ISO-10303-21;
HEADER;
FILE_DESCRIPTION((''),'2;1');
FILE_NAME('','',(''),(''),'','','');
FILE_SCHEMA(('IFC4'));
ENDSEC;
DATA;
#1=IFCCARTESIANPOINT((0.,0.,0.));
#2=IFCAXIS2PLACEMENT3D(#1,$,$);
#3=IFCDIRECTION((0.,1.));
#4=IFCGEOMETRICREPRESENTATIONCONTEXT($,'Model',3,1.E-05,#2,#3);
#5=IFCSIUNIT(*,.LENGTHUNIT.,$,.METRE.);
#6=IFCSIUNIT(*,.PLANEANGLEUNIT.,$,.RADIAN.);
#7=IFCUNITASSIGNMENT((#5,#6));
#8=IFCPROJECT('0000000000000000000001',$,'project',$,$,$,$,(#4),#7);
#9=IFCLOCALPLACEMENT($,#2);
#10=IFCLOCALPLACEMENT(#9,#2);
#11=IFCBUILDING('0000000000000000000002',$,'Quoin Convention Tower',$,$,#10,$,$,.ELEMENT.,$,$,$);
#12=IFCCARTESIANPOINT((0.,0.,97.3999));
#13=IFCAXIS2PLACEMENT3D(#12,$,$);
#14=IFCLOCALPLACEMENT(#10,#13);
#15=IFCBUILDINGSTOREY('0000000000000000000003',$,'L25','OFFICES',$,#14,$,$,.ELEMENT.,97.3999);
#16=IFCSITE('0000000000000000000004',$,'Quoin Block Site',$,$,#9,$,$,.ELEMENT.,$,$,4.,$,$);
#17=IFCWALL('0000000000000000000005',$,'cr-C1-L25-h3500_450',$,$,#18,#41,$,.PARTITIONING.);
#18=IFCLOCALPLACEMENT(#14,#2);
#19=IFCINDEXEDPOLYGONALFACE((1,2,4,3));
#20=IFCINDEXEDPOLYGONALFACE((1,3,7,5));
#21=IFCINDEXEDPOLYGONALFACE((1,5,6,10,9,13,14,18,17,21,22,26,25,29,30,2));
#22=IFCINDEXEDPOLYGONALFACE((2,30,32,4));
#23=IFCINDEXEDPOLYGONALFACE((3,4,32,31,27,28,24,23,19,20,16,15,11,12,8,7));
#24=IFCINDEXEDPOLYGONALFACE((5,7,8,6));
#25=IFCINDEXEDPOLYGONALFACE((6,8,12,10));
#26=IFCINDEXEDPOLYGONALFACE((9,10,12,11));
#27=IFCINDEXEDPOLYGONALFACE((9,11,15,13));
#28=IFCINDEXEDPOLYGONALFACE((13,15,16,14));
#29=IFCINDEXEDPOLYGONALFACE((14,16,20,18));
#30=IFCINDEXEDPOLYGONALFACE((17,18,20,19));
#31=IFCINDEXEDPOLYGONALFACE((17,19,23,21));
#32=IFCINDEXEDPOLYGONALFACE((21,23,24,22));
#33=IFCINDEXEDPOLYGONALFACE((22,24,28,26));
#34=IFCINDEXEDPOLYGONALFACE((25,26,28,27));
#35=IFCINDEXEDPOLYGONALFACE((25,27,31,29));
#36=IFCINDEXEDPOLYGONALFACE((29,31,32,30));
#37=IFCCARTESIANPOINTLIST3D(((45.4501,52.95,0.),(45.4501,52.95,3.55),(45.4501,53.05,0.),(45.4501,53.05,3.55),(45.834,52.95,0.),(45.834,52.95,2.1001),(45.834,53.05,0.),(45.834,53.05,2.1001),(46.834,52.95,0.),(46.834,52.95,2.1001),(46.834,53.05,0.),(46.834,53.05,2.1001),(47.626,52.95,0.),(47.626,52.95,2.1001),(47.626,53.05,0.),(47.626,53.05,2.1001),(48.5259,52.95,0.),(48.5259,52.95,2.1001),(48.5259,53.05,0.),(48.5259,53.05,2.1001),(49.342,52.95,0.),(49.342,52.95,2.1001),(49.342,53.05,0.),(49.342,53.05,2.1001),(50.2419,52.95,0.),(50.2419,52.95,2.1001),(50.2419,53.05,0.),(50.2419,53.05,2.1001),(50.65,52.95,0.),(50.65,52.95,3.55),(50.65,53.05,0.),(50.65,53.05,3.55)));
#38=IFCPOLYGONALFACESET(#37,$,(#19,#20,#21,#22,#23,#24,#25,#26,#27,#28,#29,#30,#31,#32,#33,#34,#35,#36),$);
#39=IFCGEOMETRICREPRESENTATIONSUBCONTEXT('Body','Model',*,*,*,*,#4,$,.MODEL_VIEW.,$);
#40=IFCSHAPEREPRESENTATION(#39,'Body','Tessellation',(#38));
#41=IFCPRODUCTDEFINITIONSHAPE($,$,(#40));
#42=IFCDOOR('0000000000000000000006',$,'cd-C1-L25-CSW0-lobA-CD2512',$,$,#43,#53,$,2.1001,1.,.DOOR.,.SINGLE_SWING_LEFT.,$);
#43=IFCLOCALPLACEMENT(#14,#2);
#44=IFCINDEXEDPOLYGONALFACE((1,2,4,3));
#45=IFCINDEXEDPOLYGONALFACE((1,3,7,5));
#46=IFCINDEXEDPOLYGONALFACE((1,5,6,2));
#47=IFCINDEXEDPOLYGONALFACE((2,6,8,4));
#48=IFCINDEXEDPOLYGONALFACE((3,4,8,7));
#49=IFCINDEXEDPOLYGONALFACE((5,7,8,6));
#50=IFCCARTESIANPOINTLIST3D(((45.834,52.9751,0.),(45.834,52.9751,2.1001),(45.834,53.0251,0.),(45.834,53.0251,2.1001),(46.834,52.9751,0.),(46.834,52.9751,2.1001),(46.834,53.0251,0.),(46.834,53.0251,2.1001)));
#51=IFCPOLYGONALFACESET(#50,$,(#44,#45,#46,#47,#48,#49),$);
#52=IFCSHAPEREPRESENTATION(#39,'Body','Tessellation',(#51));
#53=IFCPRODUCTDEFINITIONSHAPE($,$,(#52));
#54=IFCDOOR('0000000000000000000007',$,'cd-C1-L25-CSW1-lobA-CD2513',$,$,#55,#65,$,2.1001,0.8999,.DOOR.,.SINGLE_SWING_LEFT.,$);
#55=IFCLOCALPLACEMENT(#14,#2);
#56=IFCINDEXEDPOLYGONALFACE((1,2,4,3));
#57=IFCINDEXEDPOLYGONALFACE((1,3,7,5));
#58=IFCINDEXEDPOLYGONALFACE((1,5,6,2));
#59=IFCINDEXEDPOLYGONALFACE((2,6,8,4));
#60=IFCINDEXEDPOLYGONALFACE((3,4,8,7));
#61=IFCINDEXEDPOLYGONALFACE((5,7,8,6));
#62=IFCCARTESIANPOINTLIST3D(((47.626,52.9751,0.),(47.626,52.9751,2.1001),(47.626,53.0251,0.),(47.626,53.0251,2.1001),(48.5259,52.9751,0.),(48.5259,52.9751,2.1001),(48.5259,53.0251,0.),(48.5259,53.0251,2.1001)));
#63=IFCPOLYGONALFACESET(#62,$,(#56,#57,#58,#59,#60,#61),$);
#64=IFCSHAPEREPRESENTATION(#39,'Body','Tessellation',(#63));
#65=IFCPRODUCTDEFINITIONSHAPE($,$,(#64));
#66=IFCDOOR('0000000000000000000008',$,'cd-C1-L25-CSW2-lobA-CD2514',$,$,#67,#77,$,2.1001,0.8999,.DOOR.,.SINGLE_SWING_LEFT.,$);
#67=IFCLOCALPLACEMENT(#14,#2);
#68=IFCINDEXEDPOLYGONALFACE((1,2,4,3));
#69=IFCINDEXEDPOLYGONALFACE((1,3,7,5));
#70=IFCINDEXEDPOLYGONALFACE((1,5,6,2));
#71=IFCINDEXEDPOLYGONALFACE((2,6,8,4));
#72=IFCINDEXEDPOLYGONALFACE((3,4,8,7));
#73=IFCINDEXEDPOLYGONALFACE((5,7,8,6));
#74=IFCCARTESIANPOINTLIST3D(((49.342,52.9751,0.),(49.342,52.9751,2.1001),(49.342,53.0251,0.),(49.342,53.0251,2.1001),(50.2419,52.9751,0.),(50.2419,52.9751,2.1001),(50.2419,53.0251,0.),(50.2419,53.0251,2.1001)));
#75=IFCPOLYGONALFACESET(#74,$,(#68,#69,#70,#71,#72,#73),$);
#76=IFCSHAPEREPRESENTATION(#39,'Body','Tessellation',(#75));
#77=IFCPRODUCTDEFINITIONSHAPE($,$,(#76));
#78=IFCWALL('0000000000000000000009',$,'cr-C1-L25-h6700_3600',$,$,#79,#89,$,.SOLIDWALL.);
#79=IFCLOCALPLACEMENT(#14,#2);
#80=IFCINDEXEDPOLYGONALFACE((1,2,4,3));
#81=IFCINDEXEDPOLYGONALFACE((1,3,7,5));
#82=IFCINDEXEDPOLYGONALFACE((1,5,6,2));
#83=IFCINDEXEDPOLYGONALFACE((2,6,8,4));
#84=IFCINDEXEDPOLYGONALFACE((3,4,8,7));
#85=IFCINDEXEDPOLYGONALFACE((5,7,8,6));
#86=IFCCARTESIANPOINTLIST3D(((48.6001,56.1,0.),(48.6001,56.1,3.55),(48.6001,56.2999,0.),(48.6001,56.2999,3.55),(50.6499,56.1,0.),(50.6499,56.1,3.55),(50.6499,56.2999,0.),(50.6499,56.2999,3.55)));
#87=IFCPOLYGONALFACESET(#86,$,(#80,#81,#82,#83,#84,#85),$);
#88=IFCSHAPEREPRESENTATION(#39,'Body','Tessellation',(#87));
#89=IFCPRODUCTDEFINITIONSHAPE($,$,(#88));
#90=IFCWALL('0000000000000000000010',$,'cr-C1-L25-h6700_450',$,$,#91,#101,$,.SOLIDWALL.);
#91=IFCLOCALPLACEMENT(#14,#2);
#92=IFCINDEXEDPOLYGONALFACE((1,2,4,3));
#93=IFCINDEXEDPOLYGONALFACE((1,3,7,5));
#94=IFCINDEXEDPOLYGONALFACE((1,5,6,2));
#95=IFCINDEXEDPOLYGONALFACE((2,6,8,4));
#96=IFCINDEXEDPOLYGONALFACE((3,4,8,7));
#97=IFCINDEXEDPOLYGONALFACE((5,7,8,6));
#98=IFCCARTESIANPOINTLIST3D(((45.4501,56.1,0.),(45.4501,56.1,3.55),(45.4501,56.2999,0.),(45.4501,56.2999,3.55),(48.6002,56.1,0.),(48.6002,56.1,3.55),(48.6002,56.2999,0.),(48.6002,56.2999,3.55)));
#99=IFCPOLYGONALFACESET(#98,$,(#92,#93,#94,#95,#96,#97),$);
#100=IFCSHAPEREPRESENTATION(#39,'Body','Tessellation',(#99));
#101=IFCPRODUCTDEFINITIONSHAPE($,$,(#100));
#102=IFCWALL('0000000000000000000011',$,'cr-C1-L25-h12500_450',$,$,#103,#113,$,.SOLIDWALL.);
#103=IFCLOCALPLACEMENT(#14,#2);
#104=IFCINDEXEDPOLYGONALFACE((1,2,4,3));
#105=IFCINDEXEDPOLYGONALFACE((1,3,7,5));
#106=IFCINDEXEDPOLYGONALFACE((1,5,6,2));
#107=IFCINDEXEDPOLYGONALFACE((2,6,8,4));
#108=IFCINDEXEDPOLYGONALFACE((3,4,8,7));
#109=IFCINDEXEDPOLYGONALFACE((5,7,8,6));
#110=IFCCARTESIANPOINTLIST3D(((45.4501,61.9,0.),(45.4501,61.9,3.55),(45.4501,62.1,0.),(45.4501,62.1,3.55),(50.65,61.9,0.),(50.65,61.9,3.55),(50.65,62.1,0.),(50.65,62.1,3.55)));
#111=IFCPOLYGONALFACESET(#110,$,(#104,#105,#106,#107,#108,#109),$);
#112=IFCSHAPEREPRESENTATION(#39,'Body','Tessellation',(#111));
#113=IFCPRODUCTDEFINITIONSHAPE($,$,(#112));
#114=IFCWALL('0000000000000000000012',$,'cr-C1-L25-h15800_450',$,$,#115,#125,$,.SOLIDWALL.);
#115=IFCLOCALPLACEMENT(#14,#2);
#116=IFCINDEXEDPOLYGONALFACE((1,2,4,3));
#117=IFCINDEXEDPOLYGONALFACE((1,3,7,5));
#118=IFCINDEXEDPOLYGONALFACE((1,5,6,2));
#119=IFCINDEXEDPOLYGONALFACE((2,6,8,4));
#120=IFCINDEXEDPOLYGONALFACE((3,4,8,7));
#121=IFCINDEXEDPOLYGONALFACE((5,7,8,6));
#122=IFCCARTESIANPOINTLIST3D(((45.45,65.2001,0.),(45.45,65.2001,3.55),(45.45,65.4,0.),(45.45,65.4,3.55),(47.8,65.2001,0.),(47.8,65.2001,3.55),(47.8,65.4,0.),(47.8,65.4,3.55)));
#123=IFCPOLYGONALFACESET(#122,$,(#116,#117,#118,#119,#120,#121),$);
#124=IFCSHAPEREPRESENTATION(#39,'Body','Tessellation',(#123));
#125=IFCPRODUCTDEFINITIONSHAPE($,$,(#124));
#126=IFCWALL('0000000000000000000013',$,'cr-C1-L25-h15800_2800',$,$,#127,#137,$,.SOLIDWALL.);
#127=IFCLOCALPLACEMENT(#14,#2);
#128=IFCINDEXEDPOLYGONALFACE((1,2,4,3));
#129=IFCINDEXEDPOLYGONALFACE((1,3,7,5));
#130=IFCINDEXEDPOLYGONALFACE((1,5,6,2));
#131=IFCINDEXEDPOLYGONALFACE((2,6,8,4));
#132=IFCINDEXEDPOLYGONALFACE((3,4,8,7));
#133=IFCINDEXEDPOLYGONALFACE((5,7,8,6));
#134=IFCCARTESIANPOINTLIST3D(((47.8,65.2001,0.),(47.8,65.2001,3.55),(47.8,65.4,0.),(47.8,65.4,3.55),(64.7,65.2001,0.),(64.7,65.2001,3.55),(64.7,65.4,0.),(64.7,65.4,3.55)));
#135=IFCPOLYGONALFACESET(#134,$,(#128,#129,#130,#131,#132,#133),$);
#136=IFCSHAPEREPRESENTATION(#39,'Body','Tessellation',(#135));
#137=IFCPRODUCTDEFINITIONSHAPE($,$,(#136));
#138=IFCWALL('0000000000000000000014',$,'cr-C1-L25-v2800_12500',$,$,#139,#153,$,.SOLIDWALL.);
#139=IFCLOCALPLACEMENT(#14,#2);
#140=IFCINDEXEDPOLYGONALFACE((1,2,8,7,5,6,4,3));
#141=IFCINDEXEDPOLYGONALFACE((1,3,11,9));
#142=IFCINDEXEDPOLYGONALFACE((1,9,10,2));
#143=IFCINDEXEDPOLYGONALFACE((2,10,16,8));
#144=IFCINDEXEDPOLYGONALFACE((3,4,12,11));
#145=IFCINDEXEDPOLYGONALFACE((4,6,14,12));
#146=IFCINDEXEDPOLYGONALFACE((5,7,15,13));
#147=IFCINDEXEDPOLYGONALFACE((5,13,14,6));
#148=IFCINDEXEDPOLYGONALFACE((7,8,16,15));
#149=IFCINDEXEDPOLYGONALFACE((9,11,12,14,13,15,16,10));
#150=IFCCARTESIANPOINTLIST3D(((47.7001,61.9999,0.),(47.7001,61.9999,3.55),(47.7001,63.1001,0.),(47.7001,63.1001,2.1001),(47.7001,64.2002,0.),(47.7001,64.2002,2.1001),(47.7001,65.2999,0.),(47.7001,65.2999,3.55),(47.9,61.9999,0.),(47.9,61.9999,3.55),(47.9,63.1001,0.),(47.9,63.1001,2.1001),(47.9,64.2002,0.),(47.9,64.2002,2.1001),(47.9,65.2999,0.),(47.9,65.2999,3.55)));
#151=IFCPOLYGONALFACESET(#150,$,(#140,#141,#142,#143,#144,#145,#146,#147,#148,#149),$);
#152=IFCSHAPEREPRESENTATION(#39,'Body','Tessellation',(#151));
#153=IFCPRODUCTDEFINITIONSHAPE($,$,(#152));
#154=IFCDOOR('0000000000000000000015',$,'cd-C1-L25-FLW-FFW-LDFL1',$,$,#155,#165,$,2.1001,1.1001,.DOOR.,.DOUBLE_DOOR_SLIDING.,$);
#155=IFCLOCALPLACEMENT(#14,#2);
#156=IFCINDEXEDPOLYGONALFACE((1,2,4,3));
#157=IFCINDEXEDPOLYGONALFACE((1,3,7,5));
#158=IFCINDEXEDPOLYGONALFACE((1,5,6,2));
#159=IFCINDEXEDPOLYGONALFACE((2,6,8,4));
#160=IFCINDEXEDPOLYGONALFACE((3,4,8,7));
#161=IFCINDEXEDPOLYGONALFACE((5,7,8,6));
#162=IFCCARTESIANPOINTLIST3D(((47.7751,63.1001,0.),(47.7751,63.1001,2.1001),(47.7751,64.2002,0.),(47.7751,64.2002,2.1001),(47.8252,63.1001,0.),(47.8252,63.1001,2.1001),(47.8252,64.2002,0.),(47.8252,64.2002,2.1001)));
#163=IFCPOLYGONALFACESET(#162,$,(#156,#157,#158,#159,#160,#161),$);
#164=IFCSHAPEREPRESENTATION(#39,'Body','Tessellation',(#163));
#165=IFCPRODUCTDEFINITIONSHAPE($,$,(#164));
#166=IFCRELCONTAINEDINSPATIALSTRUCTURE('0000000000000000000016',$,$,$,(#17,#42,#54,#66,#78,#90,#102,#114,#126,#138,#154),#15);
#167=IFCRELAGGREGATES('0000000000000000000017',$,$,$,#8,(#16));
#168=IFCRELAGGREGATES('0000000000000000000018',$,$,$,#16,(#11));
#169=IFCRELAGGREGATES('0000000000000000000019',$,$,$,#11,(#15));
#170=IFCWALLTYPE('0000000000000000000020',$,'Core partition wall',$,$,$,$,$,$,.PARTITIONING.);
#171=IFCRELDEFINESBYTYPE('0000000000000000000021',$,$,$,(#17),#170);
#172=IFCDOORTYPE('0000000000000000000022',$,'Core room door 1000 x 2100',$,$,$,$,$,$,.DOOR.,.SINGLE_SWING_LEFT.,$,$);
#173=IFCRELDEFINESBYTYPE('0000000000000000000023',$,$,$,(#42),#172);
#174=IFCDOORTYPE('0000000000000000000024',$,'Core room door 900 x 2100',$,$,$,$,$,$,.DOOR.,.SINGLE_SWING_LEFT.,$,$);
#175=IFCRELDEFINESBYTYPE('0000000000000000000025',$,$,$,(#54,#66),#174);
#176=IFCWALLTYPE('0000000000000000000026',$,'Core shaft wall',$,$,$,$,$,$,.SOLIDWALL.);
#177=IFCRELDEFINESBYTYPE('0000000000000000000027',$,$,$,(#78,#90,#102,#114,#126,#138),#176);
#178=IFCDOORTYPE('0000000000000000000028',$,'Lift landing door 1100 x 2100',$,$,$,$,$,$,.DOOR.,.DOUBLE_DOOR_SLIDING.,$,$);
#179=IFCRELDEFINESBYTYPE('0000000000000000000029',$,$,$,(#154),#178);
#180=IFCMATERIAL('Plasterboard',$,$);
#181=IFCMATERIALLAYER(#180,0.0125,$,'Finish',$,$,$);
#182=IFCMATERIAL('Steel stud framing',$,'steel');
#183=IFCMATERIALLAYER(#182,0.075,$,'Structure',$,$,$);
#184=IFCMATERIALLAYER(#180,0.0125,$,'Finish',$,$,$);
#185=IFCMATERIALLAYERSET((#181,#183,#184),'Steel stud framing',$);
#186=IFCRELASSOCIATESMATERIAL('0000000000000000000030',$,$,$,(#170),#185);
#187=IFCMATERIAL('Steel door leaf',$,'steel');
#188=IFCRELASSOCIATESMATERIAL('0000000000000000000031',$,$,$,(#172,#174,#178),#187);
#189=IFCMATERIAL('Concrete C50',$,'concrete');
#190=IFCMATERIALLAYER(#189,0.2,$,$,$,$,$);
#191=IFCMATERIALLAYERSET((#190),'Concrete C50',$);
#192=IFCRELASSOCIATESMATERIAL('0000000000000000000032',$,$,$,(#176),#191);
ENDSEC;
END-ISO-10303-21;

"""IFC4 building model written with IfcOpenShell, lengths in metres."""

from ifc_helpers import new_model, si_unit, direction, frame, frame_2d, origin, place, context, subcontext, project, spatial, rectangle, extrude, material, layer, layer_set, type_object, element, fill, save


model = new_model("IFC4")

# Units and contexts
model_context = context("Model", 3, precision=1e-05, world=origin(), true_north=direction((0.0, 1.0)))
body_context = subcontext(model_context, "Body", "Model", "MODEL_VIEW")
ifc_project = project(units=[si_unit("LENGTHUNIT", "METRE"), si_unit("PLANEANGLEUNIT", "RADIAN")], contexts=[model_context])

# Site, building, storey
site_placement = place(None, origin())
site = spatial("IfcSite", under=ifc_project, at=site_placement, Name="Quoin Block Site", CompositionType="ELEMENT", RefElevation=4.0)
building_placement = place(site_placement, origin())
building = spatial("IfcBuilding", under=site, at=building_placement, Name="Quoin Convention Tower", CompositionType="ELEMENT")
storey_placement = place(building_placement, frame((0.0, 0.0, 97.3999)))
storey = spatial("IfcBuildingStorey", under=building, at=storey_placement, Name="L25", Description="OFFICES", CompositionType="ELEMENT", Elevation=97.3999)

# Wall, openings, doors
ifc_material_1 = material(Name="Plasterboard")
ifc_layer_1 = layer(ifc_material_1, 0.0125, Name="Finish")
ifc_material_2 = material(Name="Steel stud framing", Category="steel")
ifc_layer_2 = layer(ifc_material_2, 0.075, Name="Structure")
ifc_layer_3 = layer(ifc_material_1, 0.0125, Name="Finish")
ifc_layer_set_1 = layer_set([ifc_layer_1, ifc_layer_2, ifc_layer_3], Name="Steel stud framing")
wall_type_1 = type_object("IfcWallType", Name="Core partition wall", PredefinedType="PARTITIONING", material=ifc_layer_set_1)
wall_1_placement = place(storey_placement, frame((45.45, 53.0, 0.0), z_axis=(0.0, 0.0, 1.0), x_axis=(1.0, 0.0, 0.0)))
wall_1 = element("IfcWall", 1, at=wall_1_placement, inside=storey, type_object=wall_type_1, Name="cr-C1-L25-h3500_450", PredefinedType="PARTITIONING", context=body_context, shape_type="SweptSolid", body=[
    extrude(rectangle(XDim=5.2, YDim=0.1001, at=frame_2d((2.6001, 0.0))), origin(), (0.0, 0.0, 1.0), 3.55),
])
opening_1_placement = place(wall_1_placement, frame((0.384, 0.0, 0.0)))
opening_1 = element("IfcOpeningElement", 2, at=opening_1_placement, cuts=wall_1, PredefinedType="OPENING", context=body_context, shape_type="SweptSolid", body=[
    extrude(rectangle(XDim=1.0, YDim=2.1001, at=frame_2d((0.5, 1.05))), frame((0.0, 0.0601, 0.0), z_axis=(0.0, -1.0, 0.0), x_axis=(1.0, 0.0, 0.0)), (0.0, 0.0, 1.0), 0.1201),
])
opening_2_placement = place(wall_1_placement, frame((2.176, 0.0, 0.0)))
opening_2 = element("IfcOpeningElement", 3, at=opening_2_placement, cuts=wall_1, PredefinedType="OPENING", context=body_context, shape_type="SweptSolid", body=[
    extrude(rectangle(XDim=0.8999, YDim=2.1001, at=frame_2d((0.45, 1.05))), frame((0.0, 0.0601, 0.0), z_axis=(0.0, -1.0, 0.0), x_axis=(1.0, 0.0, 0.0)), (0.0, 0.0, 1.0), 0.1201),
])
opening_3_placement = place(wall_1_placement, frame((3.8921, 0.0, 0.0)))
opening_3 = element("IfcOpeningElement", 4, at=opening_3_placement, cuts=wall_1, PredefinedType="OPENING", context=body_context, shape_type="SweptSolid", body=[
    extrude(rectangle(XDim=0.8999, YDim=2.1001, at=frame_2d((0.45, 1.05))), frame((0.0, 0.0601, 0.0), z_axis=(0.0, -1.0, 0.0), x_axis=(1.0, 0.0, 0.0)), (0.0, 0.0, 1.0), 0.1201),
])
ifc_material_3 = material(Name="Steel door leaf", Category="steel")
door_type_1 = type_object("IfcDoorType", Name="Core room door 1000 x 2100", OperationType="SINGLE_SWING_LEFT", PredefinedType="DOOR", material=ifc_material_3)
door_1_placement = place(opening_1_placement, frame((1.0, 0.0, 0.0), z_axis=(0.0, 0.0, 1.0), x_axis=(-1.0, 0.0, 0.0)))
door_1 = element("IfcDoor", 5, at=door_1_placement, inside=storey, type_object=door_type_1, Name="cd-C1-L25-CSW0-lobA-CD2512", OperationType="SINGLE_SWING_LEFT", OverallHeight=2.1001, OverallWidth=1.0, PredefinedType="DOOR", context=body_context, shape_type="SweptSolid", body=[
    extrude(rectangle(XDim=1.0, YDim=2.1001, at=frame_2d((0.5, 1.05))), frame((0.0, 0.0249, 0.0), z_axis=(0.0, -1.0, 0.0), x_axis=(1.0, 0.0, 0.0)), (0.0, 0.0, 1.0), 0.05),
])
fill(opening_1, door_1)
door_type_2 = type_object("IfcDoorType", Name="Core room door 900 x 2100", OperationType="SINGLE_SWING_LEFT", PredefinedType="DOOR", material=ifc_material_3)
door_2_placement = place(opening_2_placement, frame((0.8999, 0.0, 0.0), z_axis=(0.0, 0.0, 1.0), x_axis=(-1.0, 0.0, 0.0)))
door_2 = element("IfcDoor", 6, at=door_2_placement, inside=storey, type_object=door_type_2, Name="cd-C1-L25-CSW1-lobA-CD2513", OperationType="SINGLE_SWING_LEFT", OverallHeight=2.1001, OverallWidth=0.8999, PredefinedType="DOOR", context=body_context, shape_type="SweptSolid", body=[
    extrude(rectangle(XDim=0.8999, YDim=2.1001, at=frame_2d((0.45, 1.05))), frame((0.0, 0.0249, 0.0), z_axis=(0.0, -1.0, 0.0), x_axis=(1.0, 0.0, 0.0)), (0.0, 0.0, 1.0), 0.05),
])
fill(opening_2, door_2)
door_3_placement = place(opening_3_placement, frame((0.8999, 0.0, 0.0), z_axis=(0.0, 0.0, 1.0), x_axis=(-1.0, 0.0, 0.0)))
door_3 = element("IfcDoor", 7, at=door_3_placement, inside=storey, type_object=door_type_2, Name="cd-C1-L25-CSW2-lobA-CD2514", OperationType="SINGLE_SWING_LEFT", OverallHeight=2.1001, OverallWidth=0.8999, PredefinedType="DOOR", context=body_context, shape_type="SweptSolid", body=[
    extrude(rectangle(XDim=0.8999, YDim=2.1001, at=frame_2d((0.45, 1.05))), frame((0.0, 0.0249, 0.0), z_axis=(0.0, -1.0, 0.0), x_axis=(1.0, 0.0, 0.0)), (0.0, 0.0, 1.0), 0.05),
])
fill(opening_3, door_3)

# Walls
ifc_material_4 = material(Name="Concrete C50", Category="concrete")
ifc_layer_4 = layer(ifc_material_4, 0.2)
ifc_layer_set_2 = layer_set([ifc_layer_4], Name="Concrete C50")
wall_type_2 = type_object("IfcWallType", Name="Core shaft wall", PredefinedType="SOLIDWALL", material=ifc_layer_set_2)
wall_2_placement = place(storey_placement, frame((48.6001, 56.2, 0.0), z_axis=(0.0, 0.0, 1.0), x_axis=(1.0, 0.0, 0.0)))
element("IfcWall", 8, at=wall_2_placement, inside=storey, type_object=wall_type_2, Name="cr-C1-L25-h6700_3600", PredefinedType="SOLIDWALL", context=body_context, shape_type="SweptSolid", body=[
    extrude(rectangle(XDim=2.0498, YDim=0.2, at=frame_2d((1.0249, 0.0))), origin(), (0.0, 0.0, 1.0), 3.55),
])
wall_3_placement = place(storey_placement, frame((45.45, 56.2, 0.0), z_axis=(0.0, 0.0, 1.0), x_axis=(1.0, 0.0, 0.0)))
element("IfcWall", 9, at=wall_3_placement, inside=storey, type_object=wall_type_2, Name="cr-C1-L25-h6700_450", PredefinedType="SOLIDWALL", context=body_context, shape_type="SweptSolid", body=[
    extrude(rectangle(XDim=3.1501, YDim=0.2, at=frame_2d((1.5752, 0.0))), origin(), (0.0, 0.0, 1.0), 3.55),
])
wall_4_placement = place(storey_placement, frame((45.45, 62.0, 0.0), z_axis=(0.0, 0.0, 1.0), x_axis=(1.0, 0.0, 0.0)))
element("IfcWall", 10, at=wall_4_placement, inside=storey, type_object=wall_type_2, Name="cr-C1-L25-h12500_450", PredefinedType="SOLIDWALL", context=body_context, shape_type="SweptSolid", body=[
    extrude(rectangle(XDim=5.2, YDim=0.2, at=frame_2d((2.6001, 0.0))), origin(), (0.0, 0.0, 1.0), 3.55),
])
wall_5_placement = place(storey_placement, frame((45.45, 65.3, 0.0), z_axis=(0.0, 0.0, 1.0), x_axis=(1.0, 0.0, 0.0)))
element("IfcWall", 11, at=wall_5_placement, inside=storey, type_object=wall_type_2, Name="cr-C1-L25-h15800_450", PredefinedType="SOLIDWALL", context=body_context, shape_type="SweptSolid", body=[
    extrude(rectangle(XDim=2.3501, YDim=0.2, at=frame_2d((1.175, 0.0))), origin(), (0.0, 0.0, 1.0), 3.55),
])
wall_6_placement = place(storey_placement, frame((47.8, 65.3, 0.0), z_axis=(0.0, 0.0, 1.0), x_axis=(1.0, 0.0, 0.0)))
element("IfcWall", 12, at=wall_6_placement, inside=storey, type_object=wall_type_2, Name="cr-C1-L25-h15800_2800", PredefinedType="SOLIDWALL", context=body_context, shape_type="SweptSolid", body=[
    extrude(rectangle(XDim=16.8999, YDim=0.2, at=frame_2d((8.45, 0.0))), origin(), (0.0, 0.0, 1.0), 3.55),
])

# Wall, opening, door
wall_7_placement = place(storey_placement, frame((47.8, 62.0, 0.0), z_axis=(0.0, 0.0, 1.0), x_axis=(0.0, 1.0, 0.0)))
wall_7 = element("IfcWall", 13, at=wall_7_placement, inside=storey, type_object=wall_type_2, Name="cr-C1-L25-v2800_12500", PredefinedType="SOLIDWALL", context=body_context, shape_type="SweptSolid", body=[
    extrude(rectangle(XDim=3.3, YDim=0.2, at=frame_2d((1.6499, 0.0))), origin(), (0.0, 0.0, 1.0), 3.55),
])
opening_4_placement = place(wall_7_placement, frame((1.1001, 0.0, 0.0)))
opening_4 = element("IfcOpeningElement", 14, at=opening_4_placement, cuts=wall_7, PredefinedType="OPENING", context=body_context, shape_type="SweptSolid", body=[
    extrude(rectangle(XDim=1.1001, YDim=2.1001, at=frame_2d((0.55, 1.05))), frame((0.0, 0.1099, 0.0), z_axis=(0.0, -1.0, 0.0), x_axis=(1.0, 0.0, 0.0)), (0.0, 0.0, 1.0), 0.22),
])
door_type_3 = type_object("IfcDoorType", Name="Lift landing door 1100 x 2100", OperationType="DOUBLE_DOOR_SLIDING", PredefinedType="DOOR", material=ifc_material_3)
door_4_placement = place(opening_4_placement, origin())
door_4 = element("IfcDoor", 15, at=door_4_placement, inside=storey, type_object=door_type_3, Name="cd-C1-L25-FLW-FFW-LDFL1", OperationType="DOUBLE_DOOR_SLIDING", OverallHeight=2.1001, OverallWidth=1.1001, PredefinedType="DOOR", context=body_context, shape_type="SweptSolid", body=[
    extrude(rectangle(XDim=1.1001, YDim=2.1001, at=frame_2d((0.55, 1.05))), frame((0.0, 0.0249, 0.0), z_axis=(0.0, -1.0, 0.0), x_axis=(1.0, 0.0, 0.0)), (0.0, 0.0, 1.0), 0.05),
])
fill(opening_4, door_4)

save(model, "model.ifc")
